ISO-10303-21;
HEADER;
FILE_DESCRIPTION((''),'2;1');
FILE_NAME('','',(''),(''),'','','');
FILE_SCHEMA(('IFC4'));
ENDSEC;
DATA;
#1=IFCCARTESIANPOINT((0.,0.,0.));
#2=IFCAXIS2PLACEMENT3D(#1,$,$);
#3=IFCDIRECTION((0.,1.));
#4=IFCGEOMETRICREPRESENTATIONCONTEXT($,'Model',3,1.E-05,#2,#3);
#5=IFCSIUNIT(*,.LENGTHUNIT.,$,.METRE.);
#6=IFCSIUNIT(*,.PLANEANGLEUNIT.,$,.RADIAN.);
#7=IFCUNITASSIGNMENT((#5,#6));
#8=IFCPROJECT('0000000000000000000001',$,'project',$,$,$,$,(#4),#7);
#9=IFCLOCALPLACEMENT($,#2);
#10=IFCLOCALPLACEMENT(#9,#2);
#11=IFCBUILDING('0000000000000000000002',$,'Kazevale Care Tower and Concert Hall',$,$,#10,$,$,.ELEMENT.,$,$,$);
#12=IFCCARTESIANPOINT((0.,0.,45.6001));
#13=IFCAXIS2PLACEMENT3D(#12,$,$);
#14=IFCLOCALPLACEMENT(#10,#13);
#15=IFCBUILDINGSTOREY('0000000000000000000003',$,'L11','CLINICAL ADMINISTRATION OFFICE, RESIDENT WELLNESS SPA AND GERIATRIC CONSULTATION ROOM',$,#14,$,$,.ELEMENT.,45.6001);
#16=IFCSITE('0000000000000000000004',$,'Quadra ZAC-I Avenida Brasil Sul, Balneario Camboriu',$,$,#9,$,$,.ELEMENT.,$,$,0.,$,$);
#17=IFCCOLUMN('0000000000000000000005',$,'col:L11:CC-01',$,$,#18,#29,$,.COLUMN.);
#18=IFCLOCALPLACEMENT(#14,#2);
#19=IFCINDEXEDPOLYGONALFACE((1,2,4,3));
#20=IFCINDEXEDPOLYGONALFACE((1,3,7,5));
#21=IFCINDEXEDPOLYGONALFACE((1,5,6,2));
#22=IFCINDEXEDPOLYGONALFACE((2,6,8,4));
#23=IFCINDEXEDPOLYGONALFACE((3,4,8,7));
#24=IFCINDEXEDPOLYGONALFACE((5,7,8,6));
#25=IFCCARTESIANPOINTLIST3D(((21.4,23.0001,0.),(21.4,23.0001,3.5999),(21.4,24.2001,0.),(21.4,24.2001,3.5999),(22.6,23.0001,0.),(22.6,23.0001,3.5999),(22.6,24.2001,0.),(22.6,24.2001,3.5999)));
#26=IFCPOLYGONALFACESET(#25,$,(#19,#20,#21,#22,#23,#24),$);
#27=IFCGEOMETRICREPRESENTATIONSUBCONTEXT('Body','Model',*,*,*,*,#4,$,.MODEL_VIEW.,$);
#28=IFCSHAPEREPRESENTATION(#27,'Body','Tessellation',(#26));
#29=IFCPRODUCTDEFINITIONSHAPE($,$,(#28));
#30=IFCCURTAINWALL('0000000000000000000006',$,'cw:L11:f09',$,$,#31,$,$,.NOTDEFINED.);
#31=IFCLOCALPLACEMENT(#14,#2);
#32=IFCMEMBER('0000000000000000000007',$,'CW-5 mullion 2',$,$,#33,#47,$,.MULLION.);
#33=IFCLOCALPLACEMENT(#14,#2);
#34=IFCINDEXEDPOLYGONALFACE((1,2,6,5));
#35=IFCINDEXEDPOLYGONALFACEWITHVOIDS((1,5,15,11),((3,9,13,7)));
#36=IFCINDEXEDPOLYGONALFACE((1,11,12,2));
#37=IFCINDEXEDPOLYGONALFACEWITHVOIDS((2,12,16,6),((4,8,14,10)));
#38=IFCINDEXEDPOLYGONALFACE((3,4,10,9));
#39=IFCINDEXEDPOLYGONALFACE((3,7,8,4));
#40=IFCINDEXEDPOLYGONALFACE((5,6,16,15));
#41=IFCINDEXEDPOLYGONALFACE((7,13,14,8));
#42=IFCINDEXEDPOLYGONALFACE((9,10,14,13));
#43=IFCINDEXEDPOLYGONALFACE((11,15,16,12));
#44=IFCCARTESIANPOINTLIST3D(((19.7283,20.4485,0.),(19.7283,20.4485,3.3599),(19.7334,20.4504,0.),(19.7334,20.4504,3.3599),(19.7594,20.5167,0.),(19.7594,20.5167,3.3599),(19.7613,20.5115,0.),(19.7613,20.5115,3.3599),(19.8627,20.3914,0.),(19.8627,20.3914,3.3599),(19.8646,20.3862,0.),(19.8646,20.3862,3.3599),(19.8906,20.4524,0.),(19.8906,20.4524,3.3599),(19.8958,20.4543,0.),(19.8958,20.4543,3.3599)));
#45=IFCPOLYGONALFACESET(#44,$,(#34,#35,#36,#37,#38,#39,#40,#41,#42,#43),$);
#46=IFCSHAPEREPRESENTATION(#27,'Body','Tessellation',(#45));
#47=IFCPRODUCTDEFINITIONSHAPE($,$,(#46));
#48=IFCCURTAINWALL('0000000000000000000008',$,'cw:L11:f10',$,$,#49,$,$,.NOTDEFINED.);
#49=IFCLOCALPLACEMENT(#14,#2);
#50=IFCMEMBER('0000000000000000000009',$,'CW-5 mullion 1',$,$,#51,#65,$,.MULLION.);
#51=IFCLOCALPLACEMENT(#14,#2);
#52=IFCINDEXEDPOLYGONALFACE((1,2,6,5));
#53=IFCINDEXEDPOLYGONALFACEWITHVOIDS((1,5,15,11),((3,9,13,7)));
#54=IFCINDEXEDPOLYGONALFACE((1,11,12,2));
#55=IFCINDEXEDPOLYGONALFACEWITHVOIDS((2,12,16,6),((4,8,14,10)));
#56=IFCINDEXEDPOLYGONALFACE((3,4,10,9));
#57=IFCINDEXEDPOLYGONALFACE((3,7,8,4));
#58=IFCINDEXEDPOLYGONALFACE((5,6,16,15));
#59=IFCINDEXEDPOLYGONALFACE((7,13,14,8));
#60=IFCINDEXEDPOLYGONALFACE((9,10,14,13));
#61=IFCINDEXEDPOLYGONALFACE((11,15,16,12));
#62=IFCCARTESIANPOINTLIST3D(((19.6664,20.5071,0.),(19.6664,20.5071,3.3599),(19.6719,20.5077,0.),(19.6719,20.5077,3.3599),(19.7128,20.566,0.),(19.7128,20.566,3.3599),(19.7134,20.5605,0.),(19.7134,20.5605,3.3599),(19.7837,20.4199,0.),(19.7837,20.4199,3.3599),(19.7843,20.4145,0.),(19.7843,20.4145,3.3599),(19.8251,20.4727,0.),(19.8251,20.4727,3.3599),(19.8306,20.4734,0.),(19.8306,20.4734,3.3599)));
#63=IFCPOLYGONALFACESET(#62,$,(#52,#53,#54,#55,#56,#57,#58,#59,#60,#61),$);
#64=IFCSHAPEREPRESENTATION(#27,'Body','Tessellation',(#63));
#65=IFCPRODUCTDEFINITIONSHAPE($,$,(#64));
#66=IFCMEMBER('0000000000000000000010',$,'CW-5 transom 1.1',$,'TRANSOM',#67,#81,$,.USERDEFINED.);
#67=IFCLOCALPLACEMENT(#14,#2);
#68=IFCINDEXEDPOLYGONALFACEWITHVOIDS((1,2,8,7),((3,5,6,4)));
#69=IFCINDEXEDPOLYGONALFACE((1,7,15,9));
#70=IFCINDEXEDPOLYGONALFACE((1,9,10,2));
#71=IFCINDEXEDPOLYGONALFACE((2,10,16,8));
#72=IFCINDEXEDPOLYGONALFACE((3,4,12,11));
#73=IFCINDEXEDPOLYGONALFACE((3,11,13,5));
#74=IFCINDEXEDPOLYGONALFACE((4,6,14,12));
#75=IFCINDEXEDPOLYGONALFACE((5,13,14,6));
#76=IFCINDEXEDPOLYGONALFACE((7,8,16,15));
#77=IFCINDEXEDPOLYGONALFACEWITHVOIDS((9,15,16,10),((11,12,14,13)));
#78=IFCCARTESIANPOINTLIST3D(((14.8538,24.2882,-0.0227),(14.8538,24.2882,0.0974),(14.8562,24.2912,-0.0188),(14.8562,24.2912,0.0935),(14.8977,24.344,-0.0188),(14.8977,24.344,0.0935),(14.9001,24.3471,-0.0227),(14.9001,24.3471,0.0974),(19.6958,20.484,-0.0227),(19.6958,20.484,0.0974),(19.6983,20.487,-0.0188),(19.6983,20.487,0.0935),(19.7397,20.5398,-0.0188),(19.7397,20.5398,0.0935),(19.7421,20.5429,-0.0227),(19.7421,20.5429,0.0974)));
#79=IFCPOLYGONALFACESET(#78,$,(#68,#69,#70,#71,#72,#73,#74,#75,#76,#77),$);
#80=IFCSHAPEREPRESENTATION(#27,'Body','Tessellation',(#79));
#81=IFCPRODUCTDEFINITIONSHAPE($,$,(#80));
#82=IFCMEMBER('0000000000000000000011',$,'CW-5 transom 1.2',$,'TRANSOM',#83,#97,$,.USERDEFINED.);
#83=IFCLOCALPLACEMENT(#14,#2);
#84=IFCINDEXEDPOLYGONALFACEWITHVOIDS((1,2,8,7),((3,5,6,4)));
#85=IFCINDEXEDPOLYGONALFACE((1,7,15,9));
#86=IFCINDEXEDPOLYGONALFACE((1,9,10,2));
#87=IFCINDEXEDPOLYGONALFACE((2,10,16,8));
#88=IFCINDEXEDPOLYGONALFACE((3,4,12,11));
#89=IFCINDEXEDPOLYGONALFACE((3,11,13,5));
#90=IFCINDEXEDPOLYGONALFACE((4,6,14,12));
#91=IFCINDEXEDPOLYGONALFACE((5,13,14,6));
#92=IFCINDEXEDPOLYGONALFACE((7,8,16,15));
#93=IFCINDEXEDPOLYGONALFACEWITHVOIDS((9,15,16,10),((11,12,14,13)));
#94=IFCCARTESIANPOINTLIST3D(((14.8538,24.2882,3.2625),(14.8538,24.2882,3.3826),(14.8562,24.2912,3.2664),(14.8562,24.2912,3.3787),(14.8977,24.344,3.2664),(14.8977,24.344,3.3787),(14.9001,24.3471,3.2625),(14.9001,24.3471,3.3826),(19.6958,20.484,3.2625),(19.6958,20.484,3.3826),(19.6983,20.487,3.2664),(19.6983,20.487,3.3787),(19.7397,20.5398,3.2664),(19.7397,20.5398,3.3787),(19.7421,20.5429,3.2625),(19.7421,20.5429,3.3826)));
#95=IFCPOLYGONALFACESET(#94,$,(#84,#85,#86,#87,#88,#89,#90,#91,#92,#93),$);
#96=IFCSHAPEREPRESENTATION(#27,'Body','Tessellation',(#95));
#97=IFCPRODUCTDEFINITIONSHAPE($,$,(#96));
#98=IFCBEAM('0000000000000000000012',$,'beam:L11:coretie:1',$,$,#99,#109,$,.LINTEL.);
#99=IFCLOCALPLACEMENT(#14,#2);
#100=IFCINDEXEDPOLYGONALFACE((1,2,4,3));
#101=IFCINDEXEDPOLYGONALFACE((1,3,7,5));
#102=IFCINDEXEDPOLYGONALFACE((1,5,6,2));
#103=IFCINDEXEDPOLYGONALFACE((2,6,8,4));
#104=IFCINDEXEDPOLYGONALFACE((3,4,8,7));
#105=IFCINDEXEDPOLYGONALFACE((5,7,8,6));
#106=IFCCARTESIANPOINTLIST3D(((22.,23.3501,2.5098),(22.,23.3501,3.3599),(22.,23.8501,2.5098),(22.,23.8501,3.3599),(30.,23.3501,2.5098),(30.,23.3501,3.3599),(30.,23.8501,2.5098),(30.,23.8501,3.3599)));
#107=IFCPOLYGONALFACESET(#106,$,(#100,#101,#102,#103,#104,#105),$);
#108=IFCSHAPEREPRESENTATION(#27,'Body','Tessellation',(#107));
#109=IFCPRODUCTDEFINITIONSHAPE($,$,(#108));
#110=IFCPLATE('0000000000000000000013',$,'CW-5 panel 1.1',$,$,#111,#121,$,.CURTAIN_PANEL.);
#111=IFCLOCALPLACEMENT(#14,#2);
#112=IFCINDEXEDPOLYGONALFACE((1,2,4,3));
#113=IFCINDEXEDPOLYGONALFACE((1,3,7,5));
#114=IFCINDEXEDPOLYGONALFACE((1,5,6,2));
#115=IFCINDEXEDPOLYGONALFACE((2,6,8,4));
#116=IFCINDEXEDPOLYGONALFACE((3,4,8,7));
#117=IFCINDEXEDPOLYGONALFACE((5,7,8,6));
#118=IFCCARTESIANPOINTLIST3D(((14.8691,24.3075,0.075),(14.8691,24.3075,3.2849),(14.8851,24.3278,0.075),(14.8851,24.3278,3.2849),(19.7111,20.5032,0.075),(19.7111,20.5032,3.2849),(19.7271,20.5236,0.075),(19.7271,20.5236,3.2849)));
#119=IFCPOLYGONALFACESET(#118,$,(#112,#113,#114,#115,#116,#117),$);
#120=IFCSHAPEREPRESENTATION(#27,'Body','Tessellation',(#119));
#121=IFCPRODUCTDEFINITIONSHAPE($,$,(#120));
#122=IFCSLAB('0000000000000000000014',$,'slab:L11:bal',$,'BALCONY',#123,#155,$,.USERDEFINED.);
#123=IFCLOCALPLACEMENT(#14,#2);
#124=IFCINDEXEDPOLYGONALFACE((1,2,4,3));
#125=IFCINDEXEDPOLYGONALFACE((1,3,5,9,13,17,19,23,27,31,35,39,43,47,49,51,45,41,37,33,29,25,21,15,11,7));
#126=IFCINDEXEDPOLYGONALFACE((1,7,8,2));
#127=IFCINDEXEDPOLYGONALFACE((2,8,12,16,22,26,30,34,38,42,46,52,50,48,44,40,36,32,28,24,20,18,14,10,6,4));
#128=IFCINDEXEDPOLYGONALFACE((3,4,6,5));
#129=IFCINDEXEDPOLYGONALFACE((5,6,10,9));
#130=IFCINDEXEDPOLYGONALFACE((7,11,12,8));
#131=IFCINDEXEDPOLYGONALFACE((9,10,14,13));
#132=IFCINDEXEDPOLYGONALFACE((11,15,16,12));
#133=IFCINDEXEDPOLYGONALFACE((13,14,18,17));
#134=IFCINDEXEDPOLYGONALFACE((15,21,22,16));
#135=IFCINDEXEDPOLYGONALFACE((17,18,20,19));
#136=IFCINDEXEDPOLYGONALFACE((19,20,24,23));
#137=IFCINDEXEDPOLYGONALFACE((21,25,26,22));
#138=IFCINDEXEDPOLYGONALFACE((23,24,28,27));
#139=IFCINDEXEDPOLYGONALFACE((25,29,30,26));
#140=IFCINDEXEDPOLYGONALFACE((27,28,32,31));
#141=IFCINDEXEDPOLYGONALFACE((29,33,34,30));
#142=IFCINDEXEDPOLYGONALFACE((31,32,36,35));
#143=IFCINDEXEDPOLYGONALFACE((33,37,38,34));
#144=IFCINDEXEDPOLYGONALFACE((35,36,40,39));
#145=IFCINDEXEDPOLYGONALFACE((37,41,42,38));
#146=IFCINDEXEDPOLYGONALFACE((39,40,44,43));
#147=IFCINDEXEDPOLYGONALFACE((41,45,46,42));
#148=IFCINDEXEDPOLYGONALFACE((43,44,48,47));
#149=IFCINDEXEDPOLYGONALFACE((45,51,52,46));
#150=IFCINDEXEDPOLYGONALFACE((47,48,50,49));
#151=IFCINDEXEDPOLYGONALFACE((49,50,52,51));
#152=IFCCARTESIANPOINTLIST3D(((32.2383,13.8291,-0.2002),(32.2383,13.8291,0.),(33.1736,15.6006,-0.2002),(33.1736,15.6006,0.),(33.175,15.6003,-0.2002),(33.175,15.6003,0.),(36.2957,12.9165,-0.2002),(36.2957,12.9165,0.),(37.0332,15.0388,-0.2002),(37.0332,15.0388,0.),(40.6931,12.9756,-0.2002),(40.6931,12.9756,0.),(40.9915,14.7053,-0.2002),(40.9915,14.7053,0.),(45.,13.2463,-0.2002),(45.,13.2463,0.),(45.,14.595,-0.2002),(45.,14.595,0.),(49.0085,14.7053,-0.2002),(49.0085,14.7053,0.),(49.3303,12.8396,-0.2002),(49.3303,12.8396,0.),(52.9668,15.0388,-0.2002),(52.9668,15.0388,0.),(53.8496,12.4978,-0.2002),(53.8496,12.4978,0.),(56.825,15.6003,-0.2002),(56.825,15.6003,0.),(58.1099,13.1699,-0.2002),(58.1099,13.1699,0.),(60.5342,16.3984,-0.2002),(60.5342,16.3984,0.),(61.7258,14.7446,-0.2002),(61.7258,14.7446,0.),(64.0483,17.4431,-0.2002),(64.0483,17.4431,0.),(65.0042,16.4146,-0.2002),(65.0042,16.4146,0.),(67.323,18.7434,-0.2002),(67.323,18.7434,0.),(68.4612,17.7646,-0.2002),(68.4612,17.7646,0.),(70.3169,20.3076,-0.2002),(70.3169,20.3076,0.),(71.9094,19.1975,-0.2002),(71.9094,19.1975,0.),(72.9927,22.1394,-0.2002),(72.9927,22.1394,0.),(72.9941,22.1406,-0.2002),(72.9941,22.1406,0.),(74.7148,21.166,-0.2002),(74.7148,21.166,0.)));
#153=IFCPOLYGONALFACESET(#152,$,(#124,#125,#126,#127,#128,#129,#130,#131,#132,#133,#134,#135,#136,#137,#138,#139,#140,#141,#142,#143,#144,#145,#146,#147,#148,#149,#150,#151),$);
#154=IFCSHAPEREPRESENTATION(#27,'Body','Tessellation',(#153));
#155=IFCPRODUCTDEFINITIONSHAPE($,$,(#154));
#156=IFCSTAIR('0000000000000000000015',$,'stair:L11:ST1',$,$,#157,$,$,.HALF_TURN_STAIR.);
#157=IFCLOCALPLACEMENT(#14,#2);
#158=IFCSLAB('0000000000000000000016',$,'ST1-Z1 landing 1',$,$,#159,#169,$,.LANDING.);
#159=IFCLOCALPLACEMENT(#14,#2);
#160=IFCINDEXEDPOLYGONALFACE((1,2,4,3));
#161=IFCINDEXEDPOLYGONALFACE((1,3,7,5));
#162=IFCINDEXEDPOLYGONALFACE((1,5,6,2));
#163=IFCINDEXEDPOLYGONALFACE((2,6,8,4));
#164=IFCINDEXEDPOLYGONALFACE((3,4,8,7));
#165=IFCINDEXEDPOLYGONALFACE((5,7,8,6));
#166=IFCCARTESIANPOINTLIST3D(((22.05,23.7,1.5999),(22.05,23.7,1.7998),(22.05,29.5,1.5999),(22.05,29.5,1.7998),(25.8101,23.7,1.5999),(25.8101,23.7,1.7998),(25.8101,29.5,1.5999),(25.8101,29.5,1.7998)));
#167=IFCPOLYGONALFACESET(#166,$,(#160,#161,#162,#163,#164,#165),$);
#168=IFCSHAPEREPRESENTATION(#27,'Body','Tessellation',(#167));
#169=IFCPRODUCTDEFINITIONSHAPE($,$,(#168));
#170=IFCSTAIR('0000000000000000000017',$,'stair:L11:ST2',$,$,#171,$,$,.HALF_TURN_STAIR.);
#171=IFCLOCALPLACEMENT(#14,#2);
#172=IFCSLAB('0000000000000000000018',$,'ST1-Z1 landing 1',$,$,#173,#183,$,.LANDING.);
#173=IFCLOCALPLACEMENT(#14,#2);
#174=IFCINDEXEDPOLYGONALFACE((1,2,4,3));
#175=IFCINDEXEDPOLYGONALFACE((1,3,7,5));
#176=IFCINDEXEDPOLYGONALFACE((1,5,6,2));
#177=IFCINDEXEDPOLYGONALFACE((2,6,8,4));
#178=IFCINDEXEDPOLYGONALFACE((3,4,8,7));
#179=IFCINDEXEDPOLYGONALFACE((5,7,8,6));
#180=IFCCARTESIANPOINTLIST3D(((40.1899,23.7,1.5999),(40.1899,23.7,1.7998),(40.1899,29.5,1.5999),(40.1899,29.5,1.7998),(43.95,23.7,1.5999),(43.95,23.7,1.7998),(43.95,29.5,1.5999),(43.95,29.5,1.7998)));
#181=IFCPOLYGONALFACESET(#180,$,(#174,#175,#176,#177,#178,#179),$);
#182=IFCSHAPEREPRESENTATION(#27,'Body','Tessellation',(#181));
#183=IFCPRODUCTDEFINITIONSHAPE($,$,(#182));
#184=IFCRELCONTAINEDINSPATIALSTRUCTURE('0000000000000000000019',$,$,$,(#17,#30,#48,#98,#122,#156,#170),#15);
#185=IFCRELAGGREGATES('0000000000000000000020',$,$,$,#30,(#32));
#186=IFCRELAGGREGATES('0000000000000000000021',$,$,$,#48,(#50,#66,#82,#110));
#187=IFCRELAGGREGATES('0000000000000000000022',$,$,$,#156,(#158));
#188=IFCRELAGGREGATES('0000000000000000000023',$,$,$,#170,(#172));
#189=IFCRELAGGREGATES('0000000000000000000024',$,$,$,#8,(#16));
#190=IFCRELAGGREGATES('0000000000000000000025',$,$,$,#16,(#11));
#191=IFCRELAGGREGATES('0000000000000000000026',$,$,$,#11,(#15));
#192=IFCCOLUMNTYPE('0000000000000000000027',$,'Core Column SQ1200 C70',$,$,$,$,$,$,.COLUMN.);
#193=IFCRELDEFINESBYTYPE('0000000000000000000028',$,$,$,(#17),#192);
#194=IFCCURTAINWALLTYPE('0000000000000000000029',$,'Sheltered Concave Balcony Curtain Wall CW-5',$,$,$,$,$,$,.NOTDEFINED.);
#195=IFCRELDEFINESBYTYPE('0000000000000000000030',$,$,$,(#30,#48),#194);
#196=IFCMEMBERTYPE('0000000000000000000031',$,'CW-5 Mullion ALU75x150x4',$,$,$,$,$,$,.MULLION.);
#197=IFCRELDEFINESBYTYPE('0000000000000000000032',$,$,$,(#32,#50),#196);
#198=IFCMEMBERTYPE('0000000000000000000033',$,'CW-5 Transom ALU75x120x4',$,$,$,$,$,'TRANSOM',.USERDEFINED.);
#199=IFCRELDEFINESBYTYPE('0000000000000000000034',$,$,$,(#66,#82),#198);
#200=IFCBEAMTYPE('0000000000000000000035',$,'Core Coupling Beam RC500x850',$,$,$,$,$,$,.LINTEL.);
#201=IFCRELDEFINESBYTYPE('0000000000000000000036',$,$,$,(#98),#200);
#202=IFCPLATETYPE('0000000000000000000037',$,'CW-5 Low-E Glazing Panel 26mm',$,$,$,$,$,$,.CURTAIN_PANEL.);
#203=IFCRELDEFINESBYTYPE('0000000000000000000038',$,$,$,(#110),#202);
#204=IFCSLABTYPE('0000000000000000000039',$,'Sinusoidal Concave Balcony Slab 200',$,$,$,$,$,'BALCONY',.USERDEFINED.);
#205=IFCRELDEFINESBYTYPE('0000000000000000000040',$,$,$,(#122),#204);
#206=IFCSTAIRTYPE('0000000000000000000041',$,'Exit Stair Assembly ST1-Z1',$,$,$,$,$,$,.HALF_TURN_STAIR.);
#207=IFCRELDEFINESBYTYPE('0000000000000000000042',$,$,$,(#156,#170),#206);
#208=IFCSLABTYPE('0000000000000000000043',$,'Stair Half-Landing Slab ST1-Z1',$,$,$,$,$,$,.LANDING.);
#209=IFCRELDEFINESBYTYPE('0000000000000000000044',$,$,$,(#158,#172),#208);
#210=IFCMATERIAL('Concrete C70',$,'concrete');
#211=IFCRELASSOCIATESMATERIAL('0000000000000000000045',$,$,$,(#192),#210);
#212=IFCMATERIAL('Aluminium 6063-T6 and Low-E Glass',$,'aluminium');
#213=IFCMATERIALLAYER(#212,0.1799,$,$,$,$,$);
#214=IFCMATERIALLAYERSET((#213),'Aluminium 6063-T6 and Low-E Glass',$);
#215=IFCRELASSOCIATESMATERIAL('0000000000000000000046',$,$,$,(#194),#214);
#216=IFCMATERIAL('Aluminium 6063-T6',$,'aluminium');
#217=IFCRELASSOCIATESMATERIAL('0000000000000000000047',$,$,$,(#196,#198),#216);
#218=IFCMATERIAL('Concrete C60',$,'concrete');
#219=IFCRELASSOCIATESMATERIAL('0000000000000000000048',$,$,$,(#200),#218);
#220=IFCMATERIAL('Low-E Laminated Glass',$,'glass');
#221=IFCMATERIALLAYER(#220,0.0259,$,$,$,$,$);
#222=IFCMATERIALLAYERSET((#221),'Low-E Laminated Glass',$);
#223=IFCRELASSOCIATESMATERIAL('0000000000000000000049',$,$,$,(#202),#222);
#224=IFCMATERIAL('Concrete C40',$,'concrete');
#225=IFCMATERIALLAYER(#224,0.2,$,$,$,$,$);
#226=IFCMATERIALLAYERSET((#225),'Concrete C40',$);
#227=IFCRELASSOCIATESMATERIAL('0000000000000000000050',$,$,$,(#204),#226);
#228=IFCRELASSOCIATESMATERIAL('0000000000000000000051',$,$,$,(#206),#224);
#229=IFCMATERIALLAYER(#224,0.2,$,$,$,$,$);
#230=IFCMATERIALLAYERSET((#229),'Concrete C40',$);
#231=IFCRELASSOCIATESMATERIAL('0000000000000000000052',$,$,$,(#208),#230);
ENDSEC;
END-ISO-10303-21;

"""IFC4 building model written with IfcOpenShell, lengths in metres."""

from ifc_helpers import new_model, si_unit, direction, frame, origin, origin_2d, place, context, subcontext, project, spatial, polyline, rectangle, hollow_rectangle, outline, extrude, material, layer, layer_set, material_profile, profile_set, type_object, element, aggregate, save


model = new_model("IFC4")

# Units and contexts
model_context = context("Model", 3, precision=1e-05, world=origin(), true_north=direction((0.0, 1.0)))
body_context = subcontext(model_context, "Body", "Model", "MODEL_VIEW")
ifc_project = project(units=[si_unit("LENGTHUNIT", "METRE"), si_unit("PLANEANGLEUNIT", "RADIAN")], contexts=[model_context])

# Site, building, storey
site_placement = place(None, origin())
site = spatial("IfcSite", under=ifc_project, at=site_placement, Name="Quadra ZAC-I Avenida Brasil Sul, Balneario Camboriu", CompositionType="ELEMENT", RefElevation=0.0)
building_placement = place(site_placement, origin())
building = spatial("IfcBuilding", under=site, at=building_placement, Name="Kazevale Care Tower and Concert Hall", CompositionType="ELEMENT")
storey_placement = place(building_placement, frame((0.0, 0.0, 45.6001)))
storey = spatial("IfcBuildingStorey", under=building, at=storey_placement, Name="L11", Description="CLINICAL ADMINISTRATION OFFICE, RESIDENT WELLNESS SPA AND GERIATRIC CONSULTATION ROOM", CompositionType="ELEMENT", Elevation=45.6001)

# Column
ifc_material_1 = material(Name="Concrete C70", Category="concrete")
ifc_material_profile_1 = material_profile(ifc_material_1, rectangle(XDim=1.2, YDim=1.2, at=origin_2d()), Name="RC-SQ1200")
ifc_profile_set_1 = profile_set([ifc_material_profile_1], Name="Concrete C70")
column_type = type_object("IfcColumnType", Name="Core Column SQ1200 C70", PredefinedType="COLUMN", material=ifc_profile_set_1)
column_placement = place(storey_placement, frame((22.0, 23.6001, 0.0), z_axis=(0.0, 0.0, 1.0), x_axis=(1.0, 0.0, 0.0)))
element("IfcColumn", 1, at=column_placement, inside=storey, type_object=column_type, Name="col:L11:CC-01", PredefinedType="COLUMN", context=body_context, shape_type="SweptSolid", body=[
    extrude(rectangle(XDim=1.2, YDim=1.2, at=origin_2d()), origin(), (0.0, 0.0, 1.0), 3.5999),
])

# Curtain wall, member
ifc_material_2 = material(Name="Aluminium 6063-T6 and Low-E Glass", Category="aluminium")
ifc_layer_1 = layer(ifc_material_2, 0.1799)
ifc_layer_set_1 = layer_set([ifc_layer_1], Name="Aluminium 6063-T6 and Low-E Glass")
curtain_wall_type = type_object("IfcCurtainWallType", Name="Sheltered Concave Balcony Curtain Wall CW-5", PredefinedType="NOTDEFINED", material=ifc_layer_set_1)
curtain_wall_1_placement = place(storey_placement, origin())
curtain_wall_1 = element("IfcCurtainWall", 2, at=curtain_wall_1_placement, inside=storey, type_object=curtain_wall_type, Name="cw:L11:f09", PredefinedType="NOTDEFINED")
ifc_material_3 = material(Name="Aluminium 6063-T6", Category="aluminium")
ifc_material_profile_2 = material_profile(ifc_material_3, hollow_rectangle(XDim=0.075, YDim=0.1499, WallThickness=0.0039, at=origin_2d()), Name="ALU75x150x4")
ifc_profile_set_2 = profile_set([ifc_material_profile_2], Name="Aluminium 6063-T6")
member_type_1 = type_object("IfcMemberType", Name="CW-5 Mullion ALU75x150x4", PredefinedType="MULLION", material=ifc_profile_set_2)
member_1_placement = place(storey_placement, frame((19.812, 20.4514, 0.0), z_axis=(0.0, 0.0, 1.0), x_axis=(-0.41566, -0.90952, 0.0)))
member_1 = element("IfcMember", 3, at=member_1_placement, type_object=member_type_1, Name="CW-5 mullion 2", PredefinedType="MULLION", context=body_context, shape_type="SweptSolid", body=[
    extrude(hollow_rectangle(XDim=0.075, YDim=0.1499, WallThickness=0.0039, at=origin_2d()), origin(), (0.0, 0.0, 1.0), 3.3599),
])
aggregate(curtain_wall_1, [member_1])

# Curtain wall, members
curtain_wall_2_placement = place(storey_placement, origin())
curtain_wall_2 = element("IfcCurtainWall", 4, at=curtain_wall_2_placement, inside=storey, type_object=curtain_wall_type, Name="cw:L11:f10", PredefinedType="NOTDEFINED")
member_2_placement = place(storey_placement, frame((19.7485, 20.4902, 0.0), z_axis=(0.0, 0.0, 1.0), x_axis=(-0.617808, -0.786329, 0.0)))
member_2 = element("IfcMember", 5, at=member_2_placement, type_object=member_type_1, Name="CW-5 mullion 1", PredefinedType="MULLION", context=body_context, shape_type="SweptSolid", body=[
    extrude(hollow_rectangle(XDim=0.075, YDim=0.1499, WallThickness=0.0039, at=origin_2d()), origin(), (0.0, 0.0, 1.0), 3.3599),
])
ifc_material_profile_3 = material_profile(ifc_material_3, hollow_rectangle(XDim=0.075, YDim=0.1201, WallThickness=0.0039, at=origin_2d()), Name="ALU75x120x4")
ifc_profile_set_3 = profile_set([ifc_material_profile_3], Name="Aluminium 6063-T6")
member_type_2 = type_object("IfcMemberType", Name="CW-5 Transom ALU75x120x4", ElementType="TRANSOM", PredefinedType="USERDEFINED", material=ifc_profile_set_3)
member_3_placement = place(storey_placement, frame((19.719, 20.5134, 0.0374), z_axis=(-0.786339, 0.617795, 0.0), x_axis=(-0.617795, -0.786339, 0.0)))
member_3 = element("IfcMember", 6, at=member_3_placement, type_object=member_type_2, Name="CW-5 transom 1.1", ObjectType="TRANSOM", PredefinedType="USERDEFINED", context=body_context, shape_type="SweptSolid", body=[
    extrude(hollow_rectangle(XDim=0.075, YDim=0.1201, WallThickness=0.0039, at=origin_2d()), origin(), (0.0, 0.0, 1.0), 6.1577),
])
member_4_placement = place(storey_placement, frame((19.719, 20.5134, 3.3225), z_axis=(-0.786339, 0.617795, 0.0), x_axis=(-0.617795, -0.786339, 0.0)))
member_4 = element("IfcMember", 7, at=member_4_placement, type_object=member_type_2, Name="CW-5 transom 1.2", ObjectType="TRANSOM", PredefinedType="USERDEFINED", context=body_context, shape_type="SweptSolid", body=[
    extrude(hollow_rectangle(XDim=0.075, YDim=0.1201, WallThickness=0.0039, at=origin_2d()), origin(), (0.0, 0.0, 1.0), 6.1577),
])

# Beam
ifc_material_4 = material(Name="Concrete C60", Category="concrete")
ifc_material_profile_4 = material_profile(ifc_material_4, rectangle(XDim=0.5, YDim=0.8501, at=origin_2d()), Name="RC-B500x850")
ifc_profile_set_4 = profile_set([ifc_material_profile_4], Name="Concrete C60")
beam_type = type_object("IfcBeamType", Name="Core Coupling Beam RC500x850", PredefinedType="LINTEL", material=ifc_profile_set_4)
beam_placement = place(storey_placement, frame((22.0, 23.6001, 2.9348), z_axis=(1.0, 0.0, 0.0), x_axis=(0.0, 1.0, 0.0)))
element("IfcBeam", 8, at=beam_placement, inside=storey, type_object=beam_type, Name="beam:L11:coretie:1", PredefinedType="LINTEL", context=body_context, shape_type="SweptSolid", body=[
    extrude(rectangle(XDim=0.5, YDim=0.8501, at=origin_2d()), origin(), (0.0, 0.0, 1.0), 8.0),
])

# Plate
ifc_material_5 = material(Name="Low-E Laminated Glass", Category="glass")
ifc_layer_2 = layer(ifc_material_5, 0.0259)
ifc_layer_set_2 = layer_set([ifc_layer_2], Name="Low-E Laminated Glass")
plate_type = type_object("IfcPlateType", Name="CW-5 Low-E Glazing Panel 26mm", PredefinedType="CURTAIN_PANEL", material=ifc_layer_set_2)
plate_placement = place(storey_placement, frame((17.2981, 22.4155, 0.075), z_axis=(0.0, 0.0, 1.0), x_axis=(-0.786329, 0.617808, 0.0)))
plate = element("IfcPlate", 9, at=plate_placement, type_object=plate_type, Name="CW-5 panel 1.1", PredefinedType="CURTAIN_PANEL", context=body_context, shape_type="SweptSolid", body=[
    extrude(rectangle(XDim=6.1577, YDim=0.0259, at=origin_2d()), origin(), (0.0, 0.0, 1.0), 3.21),
])
aggregate(curtain_wall_2, [member_2, member_3, member_4, plate])

# Slab
ifc_material_6 = material(Name="Concrete C40", Category="concrete")
ifc_layer_3 = layer(ifc_material_6, 0.2)
ifc_layer_set_3 = layer_set([ifc_layer_3], Name="Concrete C40")
slab_type_1 = type_object("IfcSlabType", Name="Sinusoidal Concave Balcony Slab 200", ElementType="BALCONY", PredefinedType="USERDEFINED", material=ifc_layer_set_3)
slab_1_placement = place(storey_placement, frame((0.0, 0.0, -0.2002)))
element("IfcSlab", 10, at=slab_1_placement, inside=storey, type_object=slab_type_1, Name="slab:L11:bal", ObjectType="BALCONY", PredefinedType="USERDEFINED", context=body_context, shape_type="SweptSolid", body=[
    extrude(outline(polyline([(74.7148, 21.166), (71.9094, 19.1975), (68.4612, 17.7646), (65.0042, 16.4146), (61.7258, 14.7446), (58.1099, 13.1699), (53.8496, 12.4978), (49.3303, 12.8396), (45.0, 13.2463), (40.6931, 12.9756), (36.2957, 12.9165), (32.2383, 13.8291), (33.1736, 15.6006), (33.175, 15.6003), (37.0332, 15.0388), (40.9915, 14.7053), (45.0, 14.595), (49.0085, 14.7053), (52.9668, 15.0388), (56.825, 15.6003), (60.5342, 16.3984), (64.0483, 17.4431), (67.323, 18.7434), (70.3169, 20.3076), (72.9927, 22.1394), (72.9941, 22.1406), (74.7148, 21.166)])), origin(), (0.0, 0.0, 1.0), 0.2002),
])

# Stairs, slabs
stair_type = type_object("IfcStairType", Name="Exit Stair Assembly ST1-Z1", PredefinedType="HALF_TURN_STAIR", material=ifc_material_6)
stair_1_placement = place(storey_placement, origin())
stair_1 = element("IfcStair", 11, at=stair_1_placement, inside=storey, type_object=stair_type, Name="stair:L11:ST1", PredefinedType="HALF_TURN_STAIR")
ifc_layer_4 = layer(ifc_material_6, 0.2)
ifc_layer_set_4 = layer_set([ifc_layer_4], Name="Concrete C40")
slab_type_2 = type_object("IfcSlabType", Name="Stair Half-Landing Slab ST1-Z1", PredefinedType="LANDING", material=ifc_layer_set_4)
slab_2_placement = place(storey_placement, frame((0.0, 0.0, 1.5999)))
slab_2 = element("IfcSlab", 12, at=slab_2_placement, type_object=slab_type_2, Name="ST1-Z1 landing 1", PredefinedType="LANDING", context=body_context, shape_type="SweptSolid", body=[
    extrude(outline(polyline([(22.05, 23.7), (25.8101, 23.7), (25.8101, 29.5), (22.05, 29.5), (22.05, 23.7)])), origin(), (0.0, 0.0, 1.0), 0.2),
])
aggregate(stair_1, [slab_2])
stair_2_placement = place(storey_placement, origin())
stair_2 = element("IfcStair", 13, at=stair_2_placement, inside=storey, type_object=stair_type, Name="stair:L11:ST2", PredefinedType="HALF_TURN_STAIR")
slab_3_placement = place(storey_placement, frame((0.0, 0.0, 1.5999)))
slab_3 = element("IfcSlab", 14, at=slab_3_placement, type_object=slab_type_2, Name="ST1-Z1 landing 1", PredefinedType="LANDING", context=body_context, shape_type="SweptSolid", body=[
    extrude(outline(polyline([(40.1899, 23.7), (43.95, 23.7), (43.95, 29.5), (40.1899, 29.5), (40.1899, 23.7)])), origin(), (0.0, 0.0, 1.0), 0.2),
])
aggregate(stair_2, [slab_3])

save(model, "model.ifc")
